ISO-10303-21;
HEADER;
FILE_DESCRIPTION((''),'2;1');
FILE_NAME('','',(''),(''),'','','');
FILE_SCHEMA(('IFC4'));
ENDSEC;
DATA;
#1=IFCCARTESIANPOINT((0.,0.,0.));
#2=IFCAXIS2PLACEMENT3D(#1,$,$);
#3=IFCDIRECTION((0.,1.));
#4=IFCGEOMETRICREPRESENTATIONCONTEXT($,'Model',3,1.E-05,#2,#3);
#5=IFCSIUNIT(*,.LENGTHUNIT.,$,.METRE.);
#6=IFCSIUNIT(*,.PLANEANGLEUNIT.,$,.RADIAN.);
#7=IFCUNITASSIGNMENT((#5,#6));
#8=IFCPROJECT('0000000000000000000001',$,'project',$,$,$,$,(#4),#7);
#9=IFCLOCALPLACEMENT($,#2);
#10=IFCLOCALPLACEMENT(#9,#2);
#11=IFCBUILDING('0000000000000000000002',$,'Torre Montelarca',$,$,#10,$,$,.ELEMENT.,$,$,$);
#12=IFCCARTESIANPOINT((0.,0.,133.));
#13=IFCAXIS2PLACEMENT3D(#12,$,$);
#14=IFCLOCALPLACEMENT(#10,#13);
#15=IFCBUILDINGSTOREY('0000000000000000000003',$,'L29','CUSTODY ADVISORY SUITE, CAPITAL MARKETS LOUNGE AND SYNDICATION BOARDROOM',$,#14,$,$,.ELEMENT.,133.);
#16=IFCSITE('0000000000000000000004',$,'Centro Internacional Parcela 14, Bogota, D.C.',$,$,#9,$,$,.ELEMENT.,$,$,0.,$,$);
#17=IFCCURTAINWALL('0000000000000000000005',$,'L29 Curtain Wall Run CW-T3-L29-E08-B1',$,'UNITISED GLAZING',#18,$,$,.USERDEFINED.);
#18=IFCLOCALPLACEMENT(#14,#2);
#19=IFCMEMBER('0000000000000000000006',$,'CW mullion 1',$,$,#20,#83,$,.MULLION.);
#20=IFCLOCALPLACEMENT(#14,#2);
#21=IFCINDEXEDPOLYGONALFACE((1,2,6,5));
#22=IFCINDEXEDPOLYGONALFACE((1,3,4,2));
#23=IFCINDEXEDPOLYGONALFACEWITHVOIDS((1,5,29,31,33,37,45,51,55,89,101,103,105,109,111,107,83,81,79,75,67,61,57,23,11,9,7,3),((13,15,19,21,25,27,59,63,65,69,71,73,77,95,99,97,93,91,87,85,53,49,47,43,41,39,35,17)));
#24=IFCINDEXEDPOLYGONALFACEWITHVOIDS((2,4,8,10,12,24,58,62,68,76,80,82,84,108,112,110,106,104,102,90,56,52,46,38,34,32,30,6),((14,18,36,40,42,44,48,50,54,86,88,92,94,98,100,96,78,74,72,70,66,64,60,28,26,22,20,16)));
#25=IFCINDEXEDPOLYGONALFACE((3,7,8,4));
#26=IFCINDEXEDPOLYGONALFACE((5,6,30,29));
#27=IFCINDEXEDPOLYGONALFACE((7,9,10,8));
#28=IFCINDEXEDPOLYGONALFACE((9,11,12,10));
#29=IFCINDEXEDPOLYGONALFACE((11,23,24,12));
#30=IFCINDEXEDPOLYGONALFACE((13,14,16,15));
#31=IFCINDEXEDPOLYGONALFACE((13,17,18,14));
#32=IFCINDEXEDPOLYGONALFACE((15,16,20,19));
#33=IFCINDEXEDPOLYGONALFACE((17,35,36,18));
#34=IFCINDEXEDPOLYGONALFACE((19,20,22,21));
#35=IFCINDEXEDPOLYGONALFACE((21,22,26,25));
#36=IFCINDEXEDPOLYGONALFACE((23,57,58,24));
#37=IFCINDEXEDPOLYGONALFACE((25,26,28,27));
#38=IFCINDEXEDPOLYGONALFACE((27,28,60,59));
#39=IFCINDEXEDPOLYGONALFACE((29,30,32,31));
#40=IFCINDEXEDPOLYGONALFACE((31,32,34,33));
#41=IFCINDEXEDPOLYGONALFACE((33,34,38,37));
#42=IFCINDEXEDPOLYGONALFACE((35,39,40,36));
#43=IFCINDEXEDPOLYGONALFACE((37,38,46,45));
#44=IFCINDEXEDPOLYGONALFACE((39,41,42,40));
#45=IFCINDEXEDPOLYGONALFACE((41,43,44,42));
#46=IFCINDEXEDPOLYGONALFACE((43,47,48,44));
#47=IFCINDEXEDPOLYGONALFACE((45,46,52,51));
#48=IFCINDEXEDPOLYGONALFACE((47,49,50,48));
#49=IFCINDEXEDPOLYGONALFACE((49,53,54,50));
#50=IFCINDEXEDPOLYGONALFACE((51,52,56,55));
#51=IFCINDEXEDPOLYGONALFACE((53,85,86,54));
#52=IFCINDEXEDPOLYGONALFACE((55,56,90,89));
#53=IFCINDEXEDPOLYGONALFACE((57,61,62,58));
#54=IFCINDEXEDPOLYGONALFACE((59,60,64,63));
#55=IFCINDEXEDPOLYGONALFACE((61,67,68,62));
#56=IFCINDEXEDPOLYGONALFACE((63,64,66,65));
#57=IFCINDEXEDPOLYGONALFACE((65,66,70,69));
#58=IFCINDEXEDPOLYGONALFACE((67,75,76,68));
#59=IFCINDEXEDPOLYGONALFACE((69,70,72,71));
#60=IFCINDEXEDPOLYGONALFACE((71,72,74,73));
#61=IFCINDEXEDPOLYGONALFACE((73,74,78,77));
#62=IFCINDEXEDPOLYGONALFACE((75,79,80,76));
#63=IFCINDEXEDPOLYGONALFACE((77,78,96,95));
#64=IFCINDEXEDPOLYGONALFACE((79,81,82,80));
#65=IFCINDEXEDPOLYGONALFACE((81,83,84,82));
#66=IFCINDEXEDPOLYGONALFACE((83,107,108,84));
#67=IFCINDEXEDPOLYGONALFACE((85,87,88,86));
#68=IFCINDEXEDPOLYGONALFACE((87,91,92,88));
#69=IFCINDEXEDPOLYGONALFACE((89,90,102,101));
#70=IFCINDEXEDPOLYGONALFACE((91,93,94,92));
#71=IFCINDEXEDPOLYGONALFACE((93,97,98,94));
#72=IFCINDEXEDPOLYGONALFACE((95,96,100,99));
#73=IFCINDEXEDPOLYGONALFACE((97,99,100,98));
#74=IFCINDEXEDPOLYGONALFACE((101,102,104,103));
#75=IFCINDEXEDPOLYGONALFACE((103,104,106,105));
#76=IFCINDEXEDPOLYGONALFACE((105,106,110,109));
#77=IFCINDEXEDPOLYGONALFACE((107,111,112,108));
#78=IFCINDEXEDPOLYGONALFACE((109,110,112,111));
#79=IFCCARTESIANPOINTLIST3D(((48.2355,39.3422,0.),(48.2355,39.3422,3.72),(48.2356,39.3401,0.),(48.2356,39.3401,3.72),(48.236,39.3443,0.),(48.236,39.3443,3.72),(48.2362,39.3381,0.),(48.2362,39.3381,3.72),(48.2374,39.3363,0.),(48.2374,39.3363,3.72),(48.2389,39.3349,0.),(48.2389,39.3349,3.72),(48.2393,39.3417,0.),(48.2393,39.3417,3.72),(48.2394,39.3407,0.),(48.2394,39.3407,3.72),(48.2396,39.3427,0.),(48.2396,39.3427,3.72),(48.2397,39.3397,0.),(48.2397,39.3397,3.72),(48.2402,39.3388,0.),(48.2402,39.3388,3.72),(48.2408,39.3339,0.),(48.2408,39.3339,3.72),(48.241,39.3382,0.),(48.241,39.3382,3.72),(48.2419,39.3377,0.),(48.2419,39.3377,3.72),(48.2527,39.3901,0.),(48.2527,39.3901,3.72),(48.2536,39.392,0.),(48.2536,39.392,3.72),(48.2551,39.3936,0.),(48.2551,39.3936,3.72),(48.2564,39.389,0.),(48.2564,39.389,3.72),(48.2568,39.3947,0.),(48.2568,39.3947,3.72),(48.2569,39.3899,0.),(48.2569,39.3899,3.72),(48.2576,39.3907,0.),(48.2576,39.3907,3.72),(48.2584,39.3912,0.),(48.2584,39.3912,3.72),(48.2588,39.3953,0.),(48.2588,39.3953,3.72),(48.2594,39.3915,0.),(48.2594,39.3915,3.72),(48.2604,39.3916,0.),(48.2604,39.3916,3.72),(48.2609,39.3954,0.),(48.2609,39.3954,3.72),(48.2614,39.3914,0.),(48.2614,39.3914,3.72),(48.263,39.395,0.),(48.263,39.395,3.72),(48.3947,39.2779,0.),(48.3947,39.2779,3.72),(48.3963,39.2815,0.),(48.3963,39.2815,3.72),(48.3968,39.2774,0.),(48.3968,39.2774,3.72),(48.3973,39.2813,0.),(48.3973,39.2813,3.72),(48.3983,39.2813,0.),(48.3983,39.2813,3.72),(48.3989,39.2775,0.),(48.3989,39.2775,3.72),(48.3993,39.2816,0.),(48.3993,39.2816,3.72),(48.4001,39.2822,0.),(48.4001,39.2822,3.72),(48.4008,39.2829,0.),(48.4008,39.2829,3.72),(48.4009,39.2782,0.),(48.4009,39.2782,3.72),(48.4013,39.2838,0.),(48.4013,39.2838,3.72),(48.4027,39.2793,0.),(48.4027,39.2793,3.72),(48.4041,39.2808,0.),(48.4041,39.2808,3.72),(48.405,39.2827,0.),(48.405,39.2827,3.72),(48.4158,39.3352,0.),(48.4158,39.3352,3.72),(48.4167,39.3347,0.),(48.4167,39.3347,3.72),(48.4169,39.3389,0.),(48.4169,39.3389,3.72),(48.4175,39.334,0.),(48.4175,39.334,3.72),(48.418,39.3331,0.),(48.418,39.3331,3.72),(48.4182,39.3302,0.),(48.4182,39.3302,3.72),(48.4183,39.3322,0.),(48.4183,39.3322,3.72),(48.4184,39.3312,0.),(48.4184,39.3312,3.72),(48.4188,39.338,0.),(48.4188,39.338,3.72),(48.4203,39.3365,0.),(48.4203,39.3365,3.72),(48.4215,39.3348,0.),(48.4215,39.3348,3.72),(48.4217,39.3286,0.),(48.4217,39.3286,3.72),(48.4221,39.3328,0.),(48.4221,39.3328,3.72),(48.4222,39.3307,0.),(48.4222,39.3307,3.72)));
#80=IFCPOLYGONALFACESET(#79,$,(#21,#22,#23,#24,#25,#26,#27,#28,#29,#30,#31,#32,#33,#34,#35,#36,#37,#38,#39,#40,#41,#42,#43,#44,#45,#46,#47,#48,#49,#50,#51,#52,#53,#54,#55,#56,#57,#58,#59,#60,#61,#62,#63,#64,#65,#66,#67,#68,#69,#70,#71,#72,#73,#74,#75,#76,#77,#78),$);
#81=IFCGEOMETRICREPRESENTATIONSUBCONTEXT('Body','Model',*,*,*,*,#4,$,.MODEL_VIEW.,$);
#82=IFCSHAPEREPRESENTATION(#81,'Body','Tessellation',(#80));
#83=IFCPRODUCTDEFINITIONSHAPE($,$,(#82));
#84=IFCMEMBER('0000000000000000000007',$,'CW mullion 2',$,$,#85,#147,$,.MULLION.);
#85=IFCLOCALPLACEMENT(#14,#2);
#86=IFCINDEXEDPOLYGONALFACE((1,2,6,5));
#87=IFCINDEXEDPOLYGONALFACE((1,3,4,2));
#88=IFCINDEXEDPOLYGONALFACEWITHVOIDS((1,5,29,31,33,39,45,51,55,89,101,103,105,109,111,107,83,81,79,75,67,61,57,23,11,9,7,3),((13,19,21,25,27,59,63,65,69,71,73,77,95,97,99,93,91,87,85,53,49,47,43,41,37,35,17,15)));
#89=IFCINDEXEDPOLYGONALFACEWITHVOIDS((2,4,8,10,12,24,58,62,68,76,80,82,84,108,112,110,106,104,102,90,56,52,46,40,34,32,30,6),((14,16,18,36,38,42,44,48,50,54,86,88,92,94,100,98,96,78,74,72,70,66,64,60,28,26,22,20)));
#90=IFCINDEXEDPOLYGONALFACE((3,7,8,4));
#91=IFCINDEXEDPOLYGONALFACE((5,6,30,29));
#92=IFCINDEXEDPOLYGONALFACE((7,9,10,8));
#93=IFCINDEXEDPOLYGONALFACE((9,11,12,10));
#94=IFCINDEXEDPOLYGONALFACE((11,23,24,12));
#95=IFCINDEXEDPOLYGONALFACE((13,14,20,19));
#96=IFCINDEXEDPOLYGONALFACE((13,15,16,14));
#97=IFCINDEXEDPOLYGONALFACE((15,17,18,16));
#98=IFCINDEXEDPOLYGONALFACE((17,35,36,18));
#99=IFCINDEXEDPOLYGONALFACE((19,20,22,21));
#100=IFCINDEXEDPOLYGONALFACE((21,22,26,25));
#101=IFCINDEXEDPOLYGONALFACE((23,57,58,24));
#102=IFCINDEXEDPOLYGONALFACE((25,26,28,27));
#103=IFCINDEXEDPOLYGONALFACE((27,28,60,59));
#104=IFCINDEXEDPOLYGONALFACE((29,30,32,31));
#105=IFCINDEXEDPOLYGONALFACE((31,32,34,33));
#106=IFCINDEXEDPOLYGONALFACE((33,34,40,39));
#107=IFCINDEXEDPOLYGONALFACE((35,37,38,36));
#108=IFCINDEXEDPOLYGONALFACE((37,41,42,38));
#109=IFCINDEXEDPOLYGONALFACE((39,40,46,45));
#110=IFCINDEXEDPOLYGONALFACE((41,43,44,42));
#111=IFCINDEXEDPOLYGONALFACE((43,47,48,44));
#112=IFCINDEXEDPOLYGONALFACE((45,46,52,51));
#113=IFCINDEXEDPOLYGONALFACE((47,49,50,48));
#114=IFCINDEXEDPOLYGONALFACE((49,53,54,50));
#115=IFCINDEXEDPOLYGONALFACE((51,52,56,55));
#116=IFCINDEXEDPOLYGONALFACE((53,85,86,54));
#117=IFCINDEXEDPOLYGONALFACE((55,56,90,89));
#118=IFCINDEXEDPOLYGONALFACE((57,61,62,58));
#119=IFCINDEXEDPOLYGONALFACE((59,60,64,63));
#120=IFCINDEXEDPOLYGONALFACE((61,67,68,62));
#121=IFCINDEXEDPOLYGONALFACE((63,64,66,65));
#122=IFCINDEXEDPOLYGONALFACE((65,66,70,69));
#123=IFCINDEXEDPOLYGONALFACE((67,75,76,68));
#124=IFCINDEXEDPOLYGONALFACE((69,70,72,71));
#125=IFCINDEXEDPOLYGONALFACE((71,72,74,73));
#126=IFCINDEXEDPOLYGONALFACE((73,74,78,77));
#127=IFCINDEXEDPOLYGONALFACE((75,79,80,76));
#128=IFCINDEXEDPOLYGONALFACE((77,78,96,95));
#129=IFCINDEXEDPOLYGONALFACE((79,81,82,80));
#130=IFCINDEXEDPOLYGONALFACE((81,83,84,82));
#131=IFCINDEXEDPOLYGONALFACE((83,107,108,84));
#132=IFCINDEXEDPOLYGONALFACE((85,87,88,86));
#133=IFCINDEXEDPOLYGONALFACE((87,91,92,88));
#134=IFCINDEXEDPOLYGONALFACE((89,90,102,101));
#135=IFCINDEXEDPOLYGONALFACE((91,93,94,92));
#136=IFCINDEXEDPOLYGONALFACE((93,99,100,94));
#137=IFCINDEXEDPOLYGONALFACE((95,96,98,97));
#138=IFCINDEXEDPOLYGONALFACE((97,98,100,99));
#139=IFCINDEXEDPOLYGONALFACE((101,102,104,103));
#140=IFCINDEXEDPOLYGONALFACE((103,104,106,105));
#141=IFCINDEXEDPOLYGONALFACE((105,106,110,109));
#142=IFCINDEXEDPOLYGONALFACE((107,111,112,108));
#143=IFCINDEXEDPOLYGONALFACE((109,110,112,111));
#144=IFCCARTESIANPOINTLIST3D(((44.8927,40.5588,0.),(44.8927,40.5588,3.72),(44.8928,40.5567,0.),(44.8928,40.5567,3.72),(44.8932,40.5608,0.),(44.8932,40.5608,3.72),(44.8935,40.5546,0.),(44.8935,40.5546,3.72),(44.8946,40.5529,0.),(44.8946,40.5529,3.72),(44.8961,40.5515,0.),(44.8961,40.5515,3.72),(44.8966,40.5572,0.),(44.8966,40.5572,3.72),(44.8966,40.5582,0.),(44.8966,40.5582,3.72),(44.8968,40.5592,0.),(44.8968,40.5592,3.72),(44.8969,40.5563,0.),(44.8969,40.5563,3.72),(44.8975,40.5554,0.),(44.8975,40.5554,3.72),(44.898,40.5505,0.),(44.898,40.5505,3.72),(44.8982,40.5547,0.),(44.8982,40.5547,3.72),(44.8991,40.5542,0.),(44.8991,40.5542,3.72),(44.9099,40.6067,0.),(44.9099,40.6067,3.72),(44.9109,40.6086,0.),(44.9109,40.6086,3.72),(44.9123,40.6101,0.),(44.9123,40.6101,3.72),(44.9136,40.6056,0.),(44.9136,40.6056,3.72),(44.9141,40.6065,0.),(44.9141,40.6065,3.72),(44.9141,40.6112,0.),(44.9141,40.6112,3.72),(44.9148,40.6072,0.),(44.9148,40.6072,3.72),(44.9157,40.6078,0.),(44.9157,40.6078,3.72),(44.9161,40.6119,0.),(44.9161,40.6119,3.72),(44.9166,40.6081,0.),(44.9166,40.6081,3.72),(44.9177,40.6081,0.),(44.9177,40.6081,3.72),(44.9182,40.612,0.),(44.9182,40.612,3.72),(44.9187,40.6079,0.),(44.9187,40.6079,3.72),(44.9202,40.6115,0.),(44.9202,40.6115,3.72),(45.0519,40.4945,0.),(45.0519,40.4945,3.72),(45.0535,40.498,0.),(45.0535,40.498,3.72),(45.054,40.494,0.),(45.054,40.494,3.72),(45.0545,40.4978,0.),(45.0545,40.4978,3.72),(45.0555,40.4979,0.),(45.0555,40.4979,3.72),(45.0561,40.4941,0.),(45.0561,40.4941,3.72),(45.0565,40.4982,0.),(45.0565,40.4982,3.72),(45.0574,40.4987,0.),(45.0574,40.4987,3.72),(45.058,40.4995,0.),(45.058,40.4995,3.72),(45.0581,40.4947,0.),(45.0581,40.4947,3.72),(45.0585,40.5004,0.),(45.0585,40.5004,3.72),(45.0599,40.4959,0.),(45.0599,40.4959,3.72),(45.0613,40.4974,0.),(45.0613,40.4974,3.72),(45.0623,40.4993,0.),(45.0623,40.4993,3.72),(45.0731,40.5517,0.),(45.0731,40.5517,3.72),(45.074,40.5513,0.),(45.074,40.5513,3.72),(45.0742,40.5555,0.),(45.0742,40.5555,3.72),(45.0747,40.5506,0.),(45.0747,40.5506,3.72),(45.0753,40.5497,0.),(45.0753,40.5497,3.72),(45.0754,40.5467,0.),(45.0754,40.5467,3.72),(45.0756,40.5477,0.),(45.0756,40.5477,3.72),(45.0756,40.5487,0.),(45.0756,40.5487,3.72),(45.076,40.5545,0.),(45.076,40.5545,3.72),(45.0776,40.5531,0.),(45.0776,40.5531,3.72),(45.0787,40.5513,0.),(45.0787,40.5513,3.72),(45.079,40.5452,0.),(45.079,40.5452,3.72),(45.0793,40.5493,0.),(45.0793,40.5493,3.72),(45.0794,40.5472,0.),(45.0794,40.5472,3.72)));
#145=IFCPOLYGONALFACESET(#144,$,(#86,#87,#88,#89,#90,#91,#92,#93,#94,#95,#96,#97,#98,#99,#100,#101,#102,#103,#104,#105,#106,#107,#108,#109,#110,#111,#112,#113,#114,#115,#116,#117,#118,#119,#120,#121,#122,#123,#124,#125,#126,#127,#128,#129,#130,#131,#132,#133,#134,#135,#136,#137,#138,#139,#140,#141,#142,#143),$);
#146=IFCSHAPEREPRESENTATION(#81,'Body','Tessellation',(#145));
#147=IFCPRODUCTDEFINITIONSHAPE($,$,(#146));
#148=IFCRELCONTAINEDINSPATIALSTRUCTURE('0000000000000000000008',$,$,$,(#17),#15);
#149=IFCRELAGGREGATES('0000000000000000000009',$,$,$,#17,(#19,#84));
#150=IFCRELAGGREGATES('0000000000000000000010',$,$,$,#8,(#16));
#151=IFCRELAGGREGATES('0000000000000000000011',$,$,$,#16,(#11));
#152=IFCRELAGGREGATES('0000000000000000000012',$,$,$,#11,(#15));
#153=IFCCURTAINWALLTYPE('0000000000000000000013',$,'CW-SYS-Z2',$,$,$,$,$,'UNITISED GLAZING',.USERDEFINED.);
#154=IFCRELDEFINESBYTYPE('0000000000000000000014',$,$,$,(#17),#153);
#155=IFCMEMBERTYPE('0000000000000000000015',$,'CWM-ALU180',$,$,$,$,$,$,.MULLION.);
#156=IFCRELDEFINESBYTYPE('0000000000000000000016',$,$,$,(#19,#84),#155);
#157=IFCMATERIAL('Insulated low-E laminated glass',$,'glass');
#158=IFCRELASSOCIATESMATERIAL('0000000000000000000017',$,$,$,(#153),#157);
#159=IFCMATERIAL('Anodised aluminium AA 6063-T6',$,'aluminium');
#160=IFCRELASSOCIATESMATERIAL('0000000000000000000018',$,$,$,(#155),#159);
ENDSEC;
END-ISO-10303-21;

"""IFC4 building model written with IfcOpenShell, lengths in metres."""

from ifc_helpers import new_model, si_unit, direction, frame, origin, origin_2d, place, context, subcontext, project, spatial, hollow_rectangle, extrude, source, transform, mapped, material, material_profile, profile_set, type_object, element, aggregate, save


model = new_model("IFC4")

# Units and contexts
model_context = context("Model", 3, precision=1e-05, world=origin(), true_north=direction((0.0, 1.0)))
body_context = subcontext(model_context, "Body", "Model", "MODEL_VIEW")
ifc_project = project(units=[si_unit("LENGTHUNIT", "METRE"), si_unit("PLANEANGLEUNIT", "RADIAN")], contexts=[model_context])

# Site, building, storey
site_placement = place(None, origin())
site = spatial("IfcSite", under=ifc_project, at=site_placement, Name="Centro Internacional Parcela 14, Bogota, D.C.", CompositionType="ELEMENT", RefElevation=0.0)
building_placement = place(site_placement, origin())
building = spatial("IfcBuilding", under=site, at=building_placement, Name="Torre Montelarca", CompositionType="ELEMENT")
storey_placement = place(building_placement, frame((0.0, 0.0, 133.0)))
storey = spatial("IfcBuildingStorey", under=building, at=storey_placement, Name="L29", Description="CUSTODY ADVISORY SUITE, CAPITAL MARKETS LOUNGE AND SYNDICATION BOARDROOM", CompositionType="ELEMENT", Elevation=133.0)

# Shared definitions
ifc_material_1 = material(Name="Insulated low-E laminated glass", Category="glass")
curtain_wall_type = type_object("IfcCurtainWallType", Name="CW-SYS-Z2", ElementType="UNITISED GLAZING", PredefinedType="USERDEFINED", material=ifc_material_1)
ifc_material_2 = material(Name="Anodised aluminium AA 6063-T6", Category="aluminium")

# Shared definitions
ifc_material_profile_1 = material_profile(ifc_material_2, hollow_rectangle(XDim=0.0649, YDim=0.1799, WallThickness=0.0039, InnerFilletRadius=0.0039, OuterFilletRadius=0.0081, at=origin_2d()), Name="ALU65X180X4", Category="aluminium")
ifc_profile_set_1 = profile_set([ifc_material_profile_1], Name="Anodised aluminium AA 6063-T6")
member_type_1 = type_object("IfcMemberType", Name="CWM-ALU180", PredefinedType="MULLION", material=ifc_profile_set_1)
shared_shape_1 = source(origin(), body_context, "Body", "SweptSolid", [
    extrude(hollow_rectangle(XDim=0.0649, YDim=0.1799, WallThickness=0.0039, InnerFilletRadius=0.0039, OuterFilletRadius=0.0081, at=origin_2d()), origin(), (0.0, 0.0, 1.0), 3.72),
])

# Curtain wall, members
curtain_wall_1_placement = place(storey_placement, origin())
curtain_wall_1 = element("IfcCurtainWall", 1, at=curtain_wall_1_placement, inside=storey, type_object=curtain_wall_type, Name="L29 Curtain Wall Run CW-T3-L29-E08-B1", ObjectType="UNITISED GLAZING", PredefinedType="USERDEFINED")
member_1_placement = place(storey_placement, frame((48.3289, 39.3364, 0.0), z_axis=(0.0, 0.0, 1.0), x_axis=(-0.342018, -0.939693, 0.0)))
member_1 = element("IfcMember", 2, at=member_1_placement, type_object=member_type_1, Name="CW mullion 1", PredefinedType="MULLION", context=body_context, shape_type="MappedRepresentation", body=[
    mapped(shared_shape_1, transform((0.0, 0.0, 0.0), scale=1.0)),
])
member_2_placement = place(storey_placement, frame((44.9861, 40.553, 0.0), z_axis=(0.0, 0.0, 1.0), x_axis=(-0.342018, -0.939693, 0.0)))
member_2 = element("IfcMember", 3, at=member_2_placement, type_object=member_type_1, Name="CW mullion 2", PredefinedType="MULLION", context=body_context, shape_type="MappedRepresentation", body=[
    mapped(shared_shape_1, transform((0.0, 0.0, 0.0), scale=1.0)),
])

aggregate(curtain_wall_1, [member_1, member_2])

save(model, "model.ifc")
